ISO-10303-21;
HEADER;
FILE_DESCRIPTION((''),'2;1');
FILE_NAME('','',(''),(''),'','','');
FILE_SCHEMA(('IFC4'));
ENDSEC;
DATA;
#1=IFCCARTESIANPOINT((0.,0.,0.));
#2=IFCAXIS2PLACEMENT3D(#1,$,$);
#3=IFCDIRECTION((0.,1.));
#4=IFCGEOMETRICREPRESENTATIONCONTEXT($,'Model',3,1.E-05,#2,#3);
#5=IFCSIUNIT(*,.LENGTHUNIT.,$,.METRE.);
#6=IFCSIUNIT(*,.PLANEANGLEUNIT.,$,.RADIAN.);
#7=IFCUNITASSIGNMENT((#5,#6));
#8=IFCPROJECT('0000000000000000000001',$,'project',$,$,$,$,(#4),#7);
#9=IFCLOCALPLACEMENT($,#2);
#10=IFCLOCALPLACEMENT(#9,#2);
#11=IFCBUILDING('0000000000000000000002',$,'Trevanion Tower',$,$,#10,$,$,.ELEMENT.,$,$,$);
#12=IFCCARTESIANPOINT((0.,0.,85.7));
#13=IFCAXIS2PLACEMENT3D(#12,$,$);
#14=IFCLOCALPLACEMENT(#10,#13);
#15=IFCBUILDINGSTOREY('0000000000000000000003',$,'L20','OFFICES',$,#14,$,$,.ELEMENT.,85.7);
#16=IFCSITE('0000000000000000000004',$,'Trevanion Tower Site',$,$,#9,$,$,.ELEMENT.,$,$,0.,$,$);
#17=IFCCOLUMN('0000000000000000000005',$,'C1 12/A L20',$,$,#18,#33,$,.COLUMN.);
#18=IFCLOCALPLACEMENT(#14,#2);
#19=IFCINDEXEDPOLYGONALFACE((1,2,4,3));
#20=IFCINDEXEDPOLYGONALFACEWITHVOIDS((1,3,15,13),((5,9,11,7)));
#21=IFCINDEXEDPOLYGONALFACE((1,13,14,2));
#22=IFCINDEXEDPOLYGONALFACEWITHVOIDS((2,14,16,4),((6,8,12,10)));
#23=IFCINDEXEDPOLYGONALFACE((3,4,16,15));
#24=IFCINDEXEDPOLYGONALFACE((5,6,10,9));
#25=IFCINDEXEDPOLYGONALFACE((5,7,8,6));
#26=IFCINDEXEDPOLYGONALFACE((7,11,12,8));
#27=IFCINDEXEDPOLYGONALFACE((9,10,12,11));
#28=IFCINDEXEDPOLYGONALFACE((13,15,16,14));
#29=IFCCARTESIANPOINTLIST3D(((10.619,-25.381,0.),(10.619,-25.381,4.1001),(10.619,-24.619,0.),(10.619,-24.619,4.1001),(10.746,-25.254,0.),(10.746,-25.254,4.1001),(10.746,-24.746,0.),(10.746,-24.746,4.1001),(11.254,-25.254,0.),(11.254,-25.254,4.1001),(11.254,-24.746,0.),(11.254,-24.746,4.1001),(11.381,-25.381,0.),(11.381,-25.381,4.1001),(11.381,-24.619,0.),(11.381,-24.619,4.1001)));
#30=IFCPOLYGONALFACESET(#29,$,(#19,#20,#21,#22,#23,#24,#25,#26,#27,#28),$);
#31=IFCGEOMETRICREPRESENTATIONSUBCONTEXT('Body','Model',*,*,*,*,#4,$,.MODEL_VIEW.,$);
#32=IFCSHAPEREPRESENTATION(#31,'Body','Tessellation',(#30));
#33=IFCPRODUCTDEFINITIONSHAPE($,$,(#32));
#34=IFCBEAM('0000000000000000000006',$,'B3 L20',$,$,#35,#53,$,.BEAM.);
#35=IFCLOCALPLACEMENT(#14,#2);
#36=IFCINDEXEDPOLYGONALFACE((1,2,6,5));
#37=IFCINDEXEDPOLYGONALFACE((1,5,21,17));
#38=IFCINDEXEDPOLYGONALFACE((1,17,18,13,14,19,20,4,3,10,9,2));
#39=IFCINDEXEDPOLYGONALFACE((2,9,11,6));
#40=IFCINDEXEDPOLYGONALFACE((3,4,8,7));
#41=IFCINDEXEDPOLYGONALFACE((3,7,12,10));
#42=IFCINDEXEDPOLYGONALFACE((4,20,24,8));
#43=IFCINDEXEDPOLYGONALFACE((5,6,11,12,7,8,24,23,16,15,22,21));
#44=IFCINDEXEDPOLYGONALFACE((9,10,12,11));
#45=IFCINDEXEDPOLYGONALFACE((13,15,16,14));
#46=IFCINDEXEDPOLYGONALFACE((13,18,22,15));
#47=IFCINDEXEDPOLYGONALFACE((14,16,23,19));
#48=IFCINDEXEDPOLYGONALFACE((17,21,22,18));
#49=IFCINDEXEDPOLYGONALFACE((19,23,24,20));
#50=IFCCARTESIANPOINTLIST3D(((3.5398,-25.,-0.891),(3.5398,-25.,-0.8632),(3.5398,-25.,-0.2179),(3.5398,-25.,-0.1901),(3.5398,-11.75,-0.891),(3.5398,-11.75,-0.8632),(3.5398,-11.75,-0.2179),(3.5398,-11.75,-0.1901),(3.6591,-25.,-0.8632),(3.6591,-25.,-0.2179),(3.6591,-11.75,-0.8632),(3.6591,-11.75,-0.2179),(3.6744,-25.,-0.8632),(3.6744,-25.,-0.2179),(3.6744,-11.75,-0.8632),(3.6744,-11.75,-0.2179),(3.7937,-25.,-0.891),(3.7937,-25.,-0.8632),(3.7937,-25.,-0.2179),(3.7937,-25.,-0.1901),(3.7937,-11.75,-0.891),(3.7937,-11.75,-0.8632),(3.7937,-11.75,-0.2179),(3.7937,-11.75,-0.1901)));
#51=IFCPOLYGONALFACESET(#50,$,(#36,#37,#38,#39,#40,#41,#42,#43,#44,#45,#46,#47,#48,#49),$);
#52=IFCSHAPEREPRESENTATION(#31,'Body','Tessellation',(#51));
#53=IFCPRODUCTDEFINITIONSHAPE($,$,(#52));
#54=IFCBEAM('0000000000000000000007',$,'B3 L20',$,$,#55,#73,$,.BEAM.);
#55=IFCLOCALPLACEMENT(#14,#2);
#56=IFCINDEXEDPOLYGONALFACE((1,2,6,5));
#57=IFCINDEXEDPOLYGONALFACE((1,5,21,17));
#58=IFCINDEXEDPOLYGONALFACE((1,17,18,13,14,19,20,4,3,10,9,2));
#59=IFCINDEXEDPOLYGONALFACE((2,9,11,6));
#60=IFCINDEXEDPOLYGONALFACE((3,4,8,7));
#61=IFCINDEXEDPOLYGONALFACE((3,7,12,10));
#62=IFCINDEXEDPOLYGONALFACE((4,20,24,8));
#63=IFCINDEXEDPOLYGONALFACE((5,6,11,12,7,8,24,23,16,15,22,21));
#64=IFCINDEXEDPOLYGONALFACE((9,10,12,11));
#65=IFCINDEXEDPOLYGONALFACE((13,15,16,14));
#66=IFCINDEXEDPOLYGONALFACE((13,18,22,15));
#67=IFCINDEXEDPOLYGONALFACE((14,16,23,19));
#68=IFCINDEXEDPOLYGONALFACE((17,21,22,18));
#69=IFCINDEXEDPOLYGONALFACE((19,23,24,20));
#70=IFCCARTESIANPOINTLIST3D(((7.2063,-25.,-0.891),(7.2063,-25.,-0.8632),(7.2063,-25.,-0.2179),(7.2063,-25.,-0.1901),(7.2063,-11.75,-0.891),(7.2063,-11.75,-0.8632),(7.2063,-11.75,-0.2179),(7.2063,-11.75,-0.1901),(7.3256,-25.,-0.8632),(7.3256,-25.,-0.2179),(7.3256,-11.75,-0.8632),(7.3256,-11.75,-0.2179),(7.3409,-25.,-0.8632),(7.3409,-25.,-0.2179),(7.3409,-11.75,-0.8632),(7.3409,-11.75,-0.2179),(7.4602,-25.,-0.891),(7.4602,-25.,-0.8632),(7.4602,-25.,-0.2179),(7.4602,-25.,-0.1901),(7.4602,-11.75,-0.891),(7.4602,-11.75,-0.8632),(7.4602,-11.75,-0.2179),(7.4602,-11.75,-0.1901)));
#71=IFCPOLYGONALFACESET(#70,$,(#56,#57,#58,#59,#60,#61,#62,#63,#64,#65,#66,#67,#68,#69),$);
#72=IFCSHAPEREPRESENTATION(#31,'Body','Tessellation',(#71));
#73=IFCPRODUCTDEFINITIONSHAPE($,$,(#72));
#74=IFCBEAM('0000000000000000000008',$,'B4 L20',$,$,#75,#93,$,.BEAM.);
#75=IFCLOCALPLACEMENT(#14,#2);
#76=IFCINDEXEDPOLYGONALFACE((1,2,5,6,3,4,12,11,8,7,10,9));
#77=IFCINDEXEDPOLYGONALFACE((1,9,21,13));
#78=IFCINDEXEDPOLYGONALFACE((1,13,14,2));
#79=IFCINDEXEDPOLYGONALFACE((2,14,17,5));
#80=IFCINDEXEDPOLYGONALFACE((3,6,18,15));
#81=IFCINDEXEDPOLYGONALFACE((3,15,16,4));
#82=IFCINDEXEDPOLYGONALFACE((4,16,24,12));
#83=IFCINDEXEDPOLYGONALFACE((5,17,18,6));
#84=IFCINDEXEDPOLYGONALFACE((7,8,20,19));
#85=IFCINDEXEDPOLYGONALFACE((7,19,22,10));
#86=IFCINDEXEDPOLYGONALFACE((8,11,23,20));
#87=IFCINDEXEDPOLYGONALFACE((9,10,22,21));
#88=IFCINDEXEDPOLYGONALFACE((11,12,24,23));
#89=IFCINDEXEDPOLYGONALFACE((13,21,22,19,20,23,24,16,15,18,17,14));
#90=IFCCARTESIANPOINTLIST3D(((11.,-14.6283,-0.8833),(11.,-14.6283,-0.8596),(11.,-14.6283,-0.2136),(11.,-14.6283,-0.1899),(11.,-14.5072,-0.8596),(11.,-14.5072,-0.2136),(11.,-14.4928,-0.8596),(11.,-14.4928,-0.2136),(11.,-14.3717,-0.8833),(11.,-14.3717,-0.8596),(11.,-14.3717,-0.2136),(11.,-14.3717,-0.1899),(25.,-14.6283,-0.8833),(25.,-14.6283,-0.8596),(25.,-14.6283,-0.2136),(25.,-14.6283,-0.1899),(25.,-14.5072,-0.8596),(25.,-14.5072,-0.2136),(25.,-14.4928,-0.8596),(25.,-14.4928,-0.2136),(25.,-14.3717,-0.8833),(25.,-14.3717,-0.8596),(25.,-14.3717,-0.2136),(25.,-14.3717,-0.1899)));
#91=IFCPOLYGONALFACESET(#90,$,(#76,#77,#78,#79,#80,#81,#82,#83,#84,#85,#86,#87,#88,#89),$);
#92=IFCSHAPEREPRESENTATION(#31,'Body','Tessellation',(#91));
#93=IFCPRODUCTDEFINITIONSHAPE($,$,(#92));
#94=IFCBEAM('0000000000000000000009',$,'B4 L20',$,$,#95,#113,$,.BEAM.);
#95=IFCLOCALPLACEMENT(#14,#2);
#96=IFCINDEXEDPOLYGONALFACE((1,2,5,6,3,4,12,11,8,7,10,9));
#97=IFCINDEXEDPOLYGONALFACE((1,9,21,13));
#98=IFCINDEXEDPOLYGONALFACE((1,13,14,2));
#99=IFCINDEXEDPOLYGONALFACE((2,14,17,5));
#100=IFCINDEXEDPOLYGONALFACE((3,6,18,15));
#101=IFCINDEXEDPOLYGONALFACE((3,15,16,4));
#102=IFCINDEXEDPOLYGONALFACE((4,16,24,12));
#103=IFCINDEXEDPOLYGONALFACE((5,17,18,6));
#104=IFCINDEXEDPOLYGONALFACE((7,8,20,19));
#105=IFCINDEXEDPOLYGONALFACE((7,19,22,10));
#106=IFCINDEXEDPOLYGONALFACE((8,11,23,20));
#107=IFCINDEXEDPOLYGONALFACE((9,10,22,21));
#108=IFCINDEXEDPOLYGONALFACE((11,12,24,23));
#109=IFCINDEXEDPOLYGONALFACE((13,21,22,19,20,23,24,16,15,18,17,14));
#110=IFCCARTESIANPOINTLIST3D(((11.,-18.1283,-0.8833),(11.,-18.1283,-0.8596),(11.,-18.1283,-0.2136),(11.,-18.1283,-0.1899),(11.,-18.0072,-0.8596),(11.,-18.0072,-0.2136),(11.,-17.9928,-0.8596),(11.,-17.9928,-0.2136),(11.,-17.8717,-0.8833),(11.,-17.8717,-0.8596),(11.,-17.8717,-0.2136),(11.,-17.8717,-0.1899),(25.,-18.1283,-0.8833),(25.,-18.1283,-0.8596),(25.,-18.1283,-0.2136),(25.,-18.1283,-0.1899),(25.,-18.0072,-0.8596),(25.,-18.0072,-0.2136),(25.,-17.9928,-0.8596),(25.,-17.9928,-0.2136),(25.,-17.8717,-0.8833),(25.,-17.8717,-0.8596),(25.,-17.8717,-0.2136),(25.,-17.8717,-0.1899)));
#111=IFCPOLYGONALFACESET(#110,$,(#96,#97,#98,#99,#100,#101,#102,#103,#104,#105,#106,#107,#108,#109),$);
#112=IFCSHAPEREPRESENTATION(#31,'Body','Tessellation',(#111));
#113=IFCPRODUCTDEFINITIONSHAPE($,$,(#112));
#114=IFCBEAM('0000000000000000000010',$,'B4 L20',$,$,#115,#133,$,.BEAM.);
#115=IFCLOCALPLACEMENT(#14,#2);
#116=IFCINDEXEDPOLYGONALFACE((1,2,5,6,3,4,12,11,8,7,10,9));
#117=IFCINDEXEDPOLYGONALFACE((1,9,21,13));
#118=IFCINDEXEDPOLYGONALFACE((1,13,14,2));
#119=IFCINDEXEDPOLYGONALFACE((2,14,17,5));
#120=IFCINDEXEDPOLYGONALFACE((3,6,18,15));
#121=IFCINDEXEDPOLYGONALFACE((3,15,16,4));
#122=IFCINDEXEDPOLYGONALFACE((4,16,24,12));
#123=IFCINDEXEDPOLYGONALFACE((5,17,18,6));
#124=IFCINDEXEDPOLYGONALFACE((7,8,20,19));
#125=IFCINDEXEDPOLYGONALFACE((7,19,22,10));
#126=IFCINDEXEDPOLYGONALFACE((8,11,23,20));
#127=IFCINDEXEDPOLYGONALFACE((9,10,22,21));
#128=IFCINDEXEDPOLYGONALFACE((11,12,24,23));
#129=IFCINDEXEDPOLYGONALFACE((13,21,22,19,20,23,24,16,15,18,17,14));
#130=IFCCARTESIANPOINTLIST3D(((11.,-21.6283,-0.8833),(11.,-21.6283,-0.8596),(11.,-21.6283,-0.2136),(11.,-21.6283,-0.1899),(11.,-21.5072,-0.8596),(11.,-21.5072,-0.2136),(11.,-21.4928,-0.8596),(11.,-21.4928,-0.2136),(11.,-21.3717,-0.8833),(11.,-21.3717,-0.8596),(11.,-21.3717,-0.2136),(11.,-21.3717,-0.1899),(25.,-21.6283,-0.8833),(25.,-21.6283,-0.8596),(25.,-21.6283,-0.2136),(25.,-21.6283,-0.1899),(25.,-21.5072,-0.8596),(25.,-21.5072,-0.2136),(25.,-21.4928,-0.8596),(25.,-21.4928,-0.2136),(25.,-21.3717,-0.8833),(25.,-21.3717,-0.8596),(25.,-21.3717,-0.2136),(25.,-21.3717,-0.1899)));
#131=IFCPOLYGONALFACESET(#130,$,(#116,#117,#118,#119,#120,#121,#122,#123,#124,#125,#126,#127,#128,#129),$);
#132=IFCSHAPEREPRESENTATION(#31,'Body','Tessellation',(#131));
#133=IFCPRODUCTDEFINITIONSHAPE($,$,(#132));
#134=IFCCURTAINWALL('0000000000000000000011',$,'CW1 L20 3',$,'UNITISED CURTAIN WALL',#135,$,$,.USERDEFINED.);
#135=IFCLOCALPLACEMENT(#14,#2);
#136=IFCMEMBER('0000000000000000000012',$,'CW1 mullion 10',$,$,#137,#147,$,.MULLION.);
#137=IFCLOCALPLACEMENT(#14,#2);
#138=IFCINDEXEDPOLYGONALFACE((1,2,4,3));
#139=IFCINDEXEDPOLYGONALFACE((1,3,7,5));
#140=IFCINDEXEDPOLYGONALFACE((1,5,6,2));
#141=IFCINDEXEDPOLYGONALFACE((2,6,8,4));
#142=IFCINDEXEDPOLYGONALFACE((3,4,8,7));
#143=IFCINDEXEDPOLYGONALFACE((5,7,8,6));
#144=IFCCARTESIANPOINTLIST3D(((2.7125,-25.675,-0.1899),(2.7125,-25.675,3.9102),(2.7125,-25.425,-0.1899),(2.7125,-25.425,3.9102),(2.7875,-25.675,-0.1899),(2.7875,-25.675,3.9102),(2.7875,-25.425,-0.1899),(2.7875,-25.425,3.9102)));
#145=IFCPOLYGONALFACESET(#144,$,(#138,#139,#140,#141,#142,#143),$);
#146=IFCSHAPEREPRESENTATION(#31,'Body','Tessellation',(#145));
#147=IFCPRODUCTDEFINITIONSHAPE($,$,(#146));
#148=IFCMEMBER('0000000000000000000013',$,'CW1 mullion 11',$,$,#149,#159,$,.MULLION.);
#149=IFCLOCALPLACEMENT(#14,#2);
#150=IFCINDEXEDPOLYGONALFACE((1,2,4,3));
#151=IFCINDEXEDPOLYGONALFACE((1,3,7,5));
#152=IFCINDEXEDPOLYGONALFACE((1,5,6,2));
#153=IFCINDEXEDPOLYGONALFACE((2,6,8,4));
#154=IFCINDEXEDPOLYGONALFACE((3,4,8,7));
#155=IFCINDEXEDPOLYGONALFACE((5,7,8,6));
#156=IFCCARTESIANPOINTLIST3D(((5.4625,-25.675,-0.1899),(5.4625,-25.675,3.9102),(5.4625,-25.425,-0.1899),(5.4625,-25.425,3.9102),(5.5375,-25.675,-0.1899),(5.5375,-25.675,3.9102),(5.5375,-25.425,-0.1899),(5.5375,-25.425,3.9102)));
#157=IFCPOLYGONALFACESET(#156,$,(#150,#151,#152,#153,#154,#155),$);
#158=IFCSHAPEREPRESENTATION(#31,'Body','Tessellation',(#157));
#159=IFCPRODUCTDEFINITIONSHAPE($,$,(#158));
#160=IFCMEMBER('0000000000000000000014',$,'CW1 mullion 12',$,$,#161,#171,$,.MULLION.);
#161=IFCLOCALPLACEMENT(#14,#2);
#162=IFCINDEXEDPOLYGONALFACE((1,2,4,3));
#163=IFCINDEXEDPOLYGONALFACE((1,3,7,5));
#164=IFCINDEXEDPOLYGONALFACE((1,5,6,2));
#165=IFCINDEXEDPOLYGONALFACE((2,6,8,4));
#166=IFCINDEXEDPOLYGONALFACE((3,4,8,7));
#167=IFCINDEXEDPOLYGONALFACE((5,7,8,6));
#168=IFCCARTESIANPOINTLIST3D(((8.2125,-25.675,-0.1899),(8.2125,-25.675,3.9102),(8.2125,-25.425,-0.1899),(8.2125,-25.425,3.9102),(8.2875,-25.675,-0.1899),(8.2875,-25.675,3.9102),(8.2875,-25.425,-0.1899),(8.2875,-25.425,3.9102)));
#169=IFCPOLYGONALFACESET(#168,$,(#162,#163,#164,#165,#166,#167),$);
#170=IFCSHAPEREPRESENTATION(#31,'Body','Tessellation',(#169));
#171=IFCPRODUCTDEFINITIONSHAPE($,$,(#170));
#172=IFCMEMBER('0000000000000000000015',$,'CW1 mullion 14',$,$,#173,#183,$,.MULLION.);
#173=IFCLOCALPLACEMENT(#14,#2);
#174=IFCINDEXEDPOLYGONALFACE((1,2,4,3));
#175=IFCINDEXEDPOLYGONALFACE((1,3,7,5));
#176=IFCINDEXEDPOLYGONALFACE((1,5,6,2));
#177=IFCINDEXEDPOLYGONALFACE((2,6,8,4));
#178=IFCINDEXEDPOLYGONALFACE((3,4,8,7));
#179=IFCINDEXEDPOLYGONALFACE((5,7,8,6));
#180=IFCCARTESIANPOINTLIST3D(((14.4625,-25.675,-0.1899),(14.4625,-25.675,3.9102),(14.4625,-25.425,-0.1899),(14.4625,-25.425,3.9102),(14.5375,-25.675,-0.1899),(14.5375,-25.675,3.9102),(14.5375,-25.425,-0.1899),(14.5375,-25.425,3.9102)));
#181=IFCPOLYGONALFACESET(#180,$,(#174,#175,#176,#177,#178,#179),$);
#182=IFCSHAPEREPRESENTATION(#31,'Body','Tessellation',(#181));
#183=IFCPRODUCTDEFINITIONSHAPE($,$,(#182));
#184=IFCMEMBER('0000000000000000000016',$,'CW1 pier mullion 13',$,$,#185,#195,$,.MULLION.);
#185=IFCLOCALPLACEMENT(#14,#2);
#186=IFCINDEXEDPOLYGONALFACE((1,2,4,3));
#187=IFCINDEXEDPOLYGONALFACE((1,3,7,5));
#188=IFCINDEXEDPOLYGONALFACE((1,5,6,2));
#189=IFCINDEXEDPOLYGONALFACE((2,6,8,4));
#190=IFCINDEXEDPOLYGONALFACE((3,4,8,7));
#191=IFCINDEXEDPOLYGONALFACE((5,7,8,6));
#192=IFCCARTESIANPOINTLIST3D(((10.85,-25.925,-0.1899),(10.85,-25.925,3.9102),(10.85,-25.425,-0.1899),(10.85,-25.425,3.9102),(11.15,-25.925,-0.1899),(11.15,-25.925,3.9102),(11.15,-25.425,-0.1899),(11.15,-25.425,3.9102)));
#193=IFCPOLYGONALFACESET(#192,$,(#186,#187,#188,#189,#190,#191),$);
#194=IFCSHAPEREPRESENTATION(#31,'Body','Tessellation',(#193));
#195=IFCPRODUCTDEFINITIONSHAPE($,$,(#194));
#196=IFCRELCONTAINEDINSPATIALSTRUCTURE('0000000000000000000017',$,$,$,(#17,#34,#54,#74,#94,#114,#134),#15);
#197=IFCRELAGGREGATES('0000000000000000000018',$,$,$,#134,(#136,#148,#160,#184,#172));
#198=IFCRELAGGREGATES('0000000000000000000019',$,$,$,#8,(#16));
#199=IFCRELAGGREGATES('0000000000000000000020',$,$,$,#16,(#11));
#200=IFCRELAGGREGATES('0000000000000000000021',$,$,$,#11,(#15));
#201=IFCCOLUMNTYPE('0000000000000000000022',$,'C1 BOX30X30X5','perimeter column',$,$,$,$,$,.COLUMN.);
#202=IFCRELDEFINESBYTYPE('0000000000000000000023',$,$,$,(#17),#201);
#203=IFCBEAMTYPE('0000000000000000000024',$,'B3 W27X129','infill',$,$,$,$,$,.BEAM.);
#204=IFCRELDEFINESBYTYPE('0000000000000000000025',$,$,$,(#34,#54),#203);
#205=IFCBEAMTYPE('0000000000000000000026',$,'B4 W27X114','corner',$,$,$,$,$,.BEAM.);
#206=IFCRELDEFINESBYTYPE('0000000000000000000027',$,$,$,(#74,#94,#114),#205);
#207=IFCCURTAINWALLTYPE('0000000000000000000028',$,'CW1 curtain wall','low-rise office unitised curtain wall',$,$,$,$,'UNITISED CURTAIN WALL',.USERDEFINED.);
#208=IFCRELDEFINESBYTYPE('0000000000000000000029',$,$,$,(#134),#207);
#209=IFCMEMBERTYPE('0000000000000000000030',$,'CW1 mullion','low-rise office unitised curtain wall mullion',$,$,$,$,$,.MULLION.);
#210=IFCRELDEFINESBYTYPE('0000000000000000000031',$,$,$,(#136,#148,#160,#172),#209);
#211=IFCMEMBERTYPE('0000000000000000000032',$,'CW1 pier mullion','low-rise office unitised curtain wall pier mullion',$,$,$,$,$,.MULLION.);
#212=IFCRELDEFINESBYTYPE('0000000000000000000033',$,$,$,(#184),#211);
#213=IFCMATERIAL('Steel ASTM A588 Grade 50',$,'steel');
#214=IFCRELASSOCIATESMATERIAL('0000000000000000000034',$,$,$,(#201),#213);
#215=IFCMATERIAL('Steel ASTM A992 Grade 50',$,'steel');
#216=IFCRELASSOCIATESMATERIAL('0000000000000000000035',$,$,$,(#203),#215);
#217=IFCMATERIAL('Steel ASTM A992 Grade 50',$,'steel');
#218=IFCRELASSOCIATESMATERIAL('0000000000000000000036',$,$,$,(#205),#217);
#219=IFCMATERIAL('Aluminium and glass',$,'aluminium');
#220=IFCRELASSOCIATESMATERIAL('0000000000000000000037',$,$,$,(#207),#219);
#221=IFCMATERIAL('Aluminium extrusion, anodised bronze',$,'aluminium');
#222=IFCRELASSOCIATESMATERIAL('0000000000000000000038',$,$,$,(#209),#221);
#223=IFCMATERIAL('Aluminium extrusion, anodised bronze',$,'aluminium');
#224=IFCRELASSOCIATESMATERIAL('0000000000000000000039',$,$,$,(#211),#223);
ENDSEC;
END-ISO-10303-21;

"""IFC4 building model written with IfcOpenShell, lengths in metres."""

from ifc_helpers import new_model, si_unit, direction, frame, origin, origin_2d, place, context, subcontext, project, spatial, rectangle, hollow_rectangle, i_section, extrude, material, material_profile, profile_set, type_object, element, aggregate, save


model = new_model("IFC4")

# Units and contexts
model_context = context("Model", 3, precision=1e-05, world=origin(), true_north=direction((0.0, 1.0)))
body_context = subcontext(model_context, "Body", "Model", "MODEL_VIEW")
ifc_project = project(units=[si_unit("LENGTHUNIT", "METRE"), si_unit("PLANEANGLEUNIT", "RADIAN")], contexts=[model_context])

# Site, building, storey
site_placement = place(None, origin())
site = spatial("IfcSite", under=ifc_project, at=site_placement, Name="Trevanion Tower Site", CompositionType="ELEMENT", RefElevation=0.0)
building_placement = place(site_placement, origin())
building = spatial("IfcBuilding", under=site, at=building_placement, Name="Trevanion Tower", CompositionType="ELEMENT")
storey_placement = place(building_placement, frame((0.0, 0.0, 85.7)))
storey = spatial("IfcBuildingStorey", under=building, at=storey_placement, Name="L20", Description="OFFICES", CompositionType="ELEMENT", Elevation=85.7)

# Column
ifc_material_1 = material(Name="Steel ASTM A588 Grade 50", Category="steel")
ifc_material_profile_1 = material_profile(ifc_material_1, hollow_rectangle(XDim=0.762, YDim=0.762, WallThickness=0.127, at=origin_2d()), Name="BOX30X30X5")
ifc_profile_set_1 = profile_set([ifc_material_profile_1], Name="Steel ASTM A588 Grade 50")
column_type = type_object("IfcColumnType", Name="C1 BOX30X30X5", Description="perimeter column", PredefinedType="COLUMN", material=ifc_profile_set_1)
column_placement = place(storey_placement, frame((11.0, -25.0, 0.0), z_axis=(0.0, 0.0, 1.0), x_axis=(1.0, 0.0, 0.0)))
element("IfcColumn", 1, at=column_placement, inside=storey, type_object=column_type, Name="C1 12/A L20", PredefinedType="COLUMN", context=body_context, shape_type="SweptSolid", body=[
    extrude(hollow_rectangle(XDim=0.762, YDim=0.762, WallThickness=0.127, at=origin_2d()), origin(), (0.0, 0.0, 1.0), 4.1001),
])

# Beams
ifc_material_2 = material(Name="Steel ASTM A992 Grade 50", Category="steel")
ifc_material_profile_2 = material_profile(ifc_material_2, i_section(OverallWidth=0.2539, OverallDepth=0.7009, WebThickness=0.0154, FlangeThickness=0.0278, at=origin_2d()), Name="W27X129")
ifc_profile_set_2 = profile_set([ifc_material_profile_2], Name="Steel ASTM A992 Grade 50")
beam_type_1 = type_object("IfcBeamType", Name="B3 W27X129", Description="infill", PredefinedType="BEAM", material=ifc_profile_set_2)
for number, where, z_axis, x_axis, name in (
    (2, (3.6667, -11.75, -0.5405), (0.0, -1.0, 0.0), (1.0, 0.0, 0.0), "B3 L20"),
    (3, (7.3333, -11.75, -0.5405), (0.0, -1.0, 0.0), (1.0, 0.0, 0.0), "B3 L20"),
):
    element("IfcBeam", number, at=place(storey_placement, frame(where, z_axis=z_axis, x_axis=x_axis)), inside=storey, type_object=beam_type_1, Name=name, PredefinedType="BEAM", context=body_context, shape_type="SweptSolid", body=[
        extrude(i_section(OverallWidth=0.2539, OverallDepth=0.7009, WebThickness=0.0154, FlangeThickness=0.0278, at=origin_2d()), origin(), (0.0, 0.0, 1.0), 13.25),
    ])
ifc_material_3 = material(Name="Steel ASTM A992 Grade 50", Category="steel")
ifc_material_profile_3 = material_profile(ifc_material_3, i_section(OverallWidth=0.2566, OverallDepth=0.6934, WebThickness=0.0144, FlangeThickness=0.0237, at=origin_2d()), Name="W27X114")
ifc_profile_set_3 = profile_set([ifc_material_profile_3], Name="Steel ASTM A992 Grade 50")
beam_type_2 = type_object("IfcBeamType", Name="B4 W27X114", Description="corner", PredefinedType="BEAM", material=ifc_profile_set_3)
for number, where, z_axis, x_axis, name in (
    (4, (11.0, -14.5, -0.5366), (1.0, 0.0, 0.0), (0.0, 1.0, 0.0), "B4 L20"),
    (5, (11.0, -18.0, -0.5366), (1.0, 0.0, 0.0), (0.0, 1.0, 0.0), "B4 L20"),
    (6, (11.0, -21.5, -0.5366), (1.0, 0.0, 0.0), (0.0, 1.0, 0.0), "B4 L20"),
):
    element("IfcBeam", number, at=place(storey_placement, frame(where, z_axis=z_axis, x_axis=x_axis)), inside=storey, type_object=beam_type_2, Name=name, PredefinedType="BEAM", context=body_context, shape_type="SweptSolid", body=[
        extrude(i_section(OverallWidth=0.2566, OverallDepth=0.6934, WebThickness=0.0144, FlangeThickness=0.0237, at=origin_2d()), origin(), (0.0, 0.0, 1.0), 14.0),
    ])

# Curtain wall, members
ifc_material_4 = material(Name="Aluminium and glass", Category="aluminium")
curtain_wall_type = type_object("IfcCurtainWallType", Name="CW1 curtain wall", Description="low-rise office unitised curtain wall", ElementType="UNITISED CURTAIN WALL", PredefinedType="USERDEFINED", material=ifc_material_4)
curtain_wall_placement = place(storey_placement, origin())
curtain_wall = element("IfcCurtainWall", 7, at=curtain_wall_placement, inside=storey, type_object=curtain_wall_type, Name="CW1 L20 3", ObjectType="UNITISED CURTAIN WALL", PredefinedType="USERDEFINED")
ifc_material_5 = material(Name="Aluminium extrusion, anodised bronze", Category="aluminium")
ifc_material_profile_4 = material_profile(ifc_material_5, rectangle(XDim=0.075, YDim=0.25, at=origin_2d()), Name="CW1 mullion")
ifc_profile_set_4 = profile_set([ifc_material_profile_4], Name="Aluminium extrusion, anodised bronze")
member_type_1 = type_object("IfcMemberType", Name="CW1 mullion", Description="low-rise office unitised curtain wall mullion", PredefinedType="MULLION", material=ifc_profile_set_4)
member_1_placement = place(storey_placement, frame((2.75, -25.55, -0.1899), z_axis=(0.0, 0.0, 1.0), x_axis=(1.0, 0.0, 0.0)))
member_1 = element("IfcMember", 8, at=member_1_placement, type_object=member_type_1, Name="CW1 mullion 10", PredefinedType="MULLION", context=body_context, shape_type="SweptSolid", body=[
    extrude(rectangle(XDim=0.075, YDim=0.25, at=origin_2d()), origin(), (0.0, 0.0, 1.0), 4.1001),
])
member_2_placement = place(storey_placement, frame((5.5, -25.55, -0.1899), z_axis=(0.0, 0.0, 1.0), x_axis=(1.0, 0.0, 0.0)))
member_2 = element("IfcMember", 9, at=member_2_placement, type_object=member_type_1, Name="CW1 mullion 11", PredefinedType="MULLION", context=body_context, shape_type="SweptSolid", body=[
    extrude(rectangle(XDim=0.075, YDim=0.25, at=origin_2d()), origin(), (0.0, 0.0, 1.0), 4.1001),
])
member_3_placement = place(storey_placement, frame((8.25, -25.55, -0.1899), z_axis=(0.0, 0.0, 1.0), x_axis=(1.0, 0.0, 0.0)))
member_3 = element("IfcMember", 10, at=member_3_placement, type_object=member_type_1, Name="CW1 mullion 12", PredefinedType="MULLION", context=body_context, shape_type="SweptSolid", body=[
    extrude(rectangle(XDim=0.075, YDim=0.25, at=origin_2d()), origin(), (0.0, 0.0, 1.0), 4.1001),
])
member_4_placement = place(storey_placement, frame((14.5, -25.55, -0.1899), z_axis=(0.0, 0.0, 1.0), x_axis=(1.0, 0.0, 0.0)))
member_4 = element("IfcMember", 11, at=member_4_placement, type_object=member_type_1, Name="CW1 mullion 14", PredefinedType="MULLION", context=body_context, shape_type="SweptSolid", body=[
    extrude(rectangle(XDim=0.075, YDim=0.25, at=origin_2d()), origin(), (0.0, 0.0, 1.0), 4.1001),
])
ifc_material_6 = material(Name="Aluminium extrusion, anodised bronze", Category="aluminium")
ifc_material_profile_5 = material_profile(ifc_material_6, rectangle(XDim=0.3, YDim=0.5, at=origin_2d()), Name="CW1 pier mullion")
ifc_profile_set_5 = profile_set([ifc_material_profile_5], Name="Aluminium extrusion, anodised bronze")
member_type_2 = type_object("IfcMemberType", Name="CW1 pier mullion", Description="low-rise office unitised curtain wall pier mullion", PredefinedType="MULLION", material=ifc_profile_set_5)
member_5_placement = place(storey_placement, frame((11.0, -25.675, -0.1899), z_axis=(0.0, 0.0, 1.0), x_axis=(1.0, 0.0, 0.0)))
member_5 = element("IfcMember", 12, at=member_5_placement, type_object=member_type_2, Name="CW1 pier mullion 13", PredefinedType="MULLION", context=body_context, shape_type="SweptSolid", body=[
    extrude(rectangle(XDim=0.3, YDim=0.5, at=origin_2d()), origin(), (0.0, 0.0, 1.0), 4.1001),
])

aggregate(curtain_wall, [member_1, member_2, member_3, member_5, member_4])

save(model, "model.ifc")
